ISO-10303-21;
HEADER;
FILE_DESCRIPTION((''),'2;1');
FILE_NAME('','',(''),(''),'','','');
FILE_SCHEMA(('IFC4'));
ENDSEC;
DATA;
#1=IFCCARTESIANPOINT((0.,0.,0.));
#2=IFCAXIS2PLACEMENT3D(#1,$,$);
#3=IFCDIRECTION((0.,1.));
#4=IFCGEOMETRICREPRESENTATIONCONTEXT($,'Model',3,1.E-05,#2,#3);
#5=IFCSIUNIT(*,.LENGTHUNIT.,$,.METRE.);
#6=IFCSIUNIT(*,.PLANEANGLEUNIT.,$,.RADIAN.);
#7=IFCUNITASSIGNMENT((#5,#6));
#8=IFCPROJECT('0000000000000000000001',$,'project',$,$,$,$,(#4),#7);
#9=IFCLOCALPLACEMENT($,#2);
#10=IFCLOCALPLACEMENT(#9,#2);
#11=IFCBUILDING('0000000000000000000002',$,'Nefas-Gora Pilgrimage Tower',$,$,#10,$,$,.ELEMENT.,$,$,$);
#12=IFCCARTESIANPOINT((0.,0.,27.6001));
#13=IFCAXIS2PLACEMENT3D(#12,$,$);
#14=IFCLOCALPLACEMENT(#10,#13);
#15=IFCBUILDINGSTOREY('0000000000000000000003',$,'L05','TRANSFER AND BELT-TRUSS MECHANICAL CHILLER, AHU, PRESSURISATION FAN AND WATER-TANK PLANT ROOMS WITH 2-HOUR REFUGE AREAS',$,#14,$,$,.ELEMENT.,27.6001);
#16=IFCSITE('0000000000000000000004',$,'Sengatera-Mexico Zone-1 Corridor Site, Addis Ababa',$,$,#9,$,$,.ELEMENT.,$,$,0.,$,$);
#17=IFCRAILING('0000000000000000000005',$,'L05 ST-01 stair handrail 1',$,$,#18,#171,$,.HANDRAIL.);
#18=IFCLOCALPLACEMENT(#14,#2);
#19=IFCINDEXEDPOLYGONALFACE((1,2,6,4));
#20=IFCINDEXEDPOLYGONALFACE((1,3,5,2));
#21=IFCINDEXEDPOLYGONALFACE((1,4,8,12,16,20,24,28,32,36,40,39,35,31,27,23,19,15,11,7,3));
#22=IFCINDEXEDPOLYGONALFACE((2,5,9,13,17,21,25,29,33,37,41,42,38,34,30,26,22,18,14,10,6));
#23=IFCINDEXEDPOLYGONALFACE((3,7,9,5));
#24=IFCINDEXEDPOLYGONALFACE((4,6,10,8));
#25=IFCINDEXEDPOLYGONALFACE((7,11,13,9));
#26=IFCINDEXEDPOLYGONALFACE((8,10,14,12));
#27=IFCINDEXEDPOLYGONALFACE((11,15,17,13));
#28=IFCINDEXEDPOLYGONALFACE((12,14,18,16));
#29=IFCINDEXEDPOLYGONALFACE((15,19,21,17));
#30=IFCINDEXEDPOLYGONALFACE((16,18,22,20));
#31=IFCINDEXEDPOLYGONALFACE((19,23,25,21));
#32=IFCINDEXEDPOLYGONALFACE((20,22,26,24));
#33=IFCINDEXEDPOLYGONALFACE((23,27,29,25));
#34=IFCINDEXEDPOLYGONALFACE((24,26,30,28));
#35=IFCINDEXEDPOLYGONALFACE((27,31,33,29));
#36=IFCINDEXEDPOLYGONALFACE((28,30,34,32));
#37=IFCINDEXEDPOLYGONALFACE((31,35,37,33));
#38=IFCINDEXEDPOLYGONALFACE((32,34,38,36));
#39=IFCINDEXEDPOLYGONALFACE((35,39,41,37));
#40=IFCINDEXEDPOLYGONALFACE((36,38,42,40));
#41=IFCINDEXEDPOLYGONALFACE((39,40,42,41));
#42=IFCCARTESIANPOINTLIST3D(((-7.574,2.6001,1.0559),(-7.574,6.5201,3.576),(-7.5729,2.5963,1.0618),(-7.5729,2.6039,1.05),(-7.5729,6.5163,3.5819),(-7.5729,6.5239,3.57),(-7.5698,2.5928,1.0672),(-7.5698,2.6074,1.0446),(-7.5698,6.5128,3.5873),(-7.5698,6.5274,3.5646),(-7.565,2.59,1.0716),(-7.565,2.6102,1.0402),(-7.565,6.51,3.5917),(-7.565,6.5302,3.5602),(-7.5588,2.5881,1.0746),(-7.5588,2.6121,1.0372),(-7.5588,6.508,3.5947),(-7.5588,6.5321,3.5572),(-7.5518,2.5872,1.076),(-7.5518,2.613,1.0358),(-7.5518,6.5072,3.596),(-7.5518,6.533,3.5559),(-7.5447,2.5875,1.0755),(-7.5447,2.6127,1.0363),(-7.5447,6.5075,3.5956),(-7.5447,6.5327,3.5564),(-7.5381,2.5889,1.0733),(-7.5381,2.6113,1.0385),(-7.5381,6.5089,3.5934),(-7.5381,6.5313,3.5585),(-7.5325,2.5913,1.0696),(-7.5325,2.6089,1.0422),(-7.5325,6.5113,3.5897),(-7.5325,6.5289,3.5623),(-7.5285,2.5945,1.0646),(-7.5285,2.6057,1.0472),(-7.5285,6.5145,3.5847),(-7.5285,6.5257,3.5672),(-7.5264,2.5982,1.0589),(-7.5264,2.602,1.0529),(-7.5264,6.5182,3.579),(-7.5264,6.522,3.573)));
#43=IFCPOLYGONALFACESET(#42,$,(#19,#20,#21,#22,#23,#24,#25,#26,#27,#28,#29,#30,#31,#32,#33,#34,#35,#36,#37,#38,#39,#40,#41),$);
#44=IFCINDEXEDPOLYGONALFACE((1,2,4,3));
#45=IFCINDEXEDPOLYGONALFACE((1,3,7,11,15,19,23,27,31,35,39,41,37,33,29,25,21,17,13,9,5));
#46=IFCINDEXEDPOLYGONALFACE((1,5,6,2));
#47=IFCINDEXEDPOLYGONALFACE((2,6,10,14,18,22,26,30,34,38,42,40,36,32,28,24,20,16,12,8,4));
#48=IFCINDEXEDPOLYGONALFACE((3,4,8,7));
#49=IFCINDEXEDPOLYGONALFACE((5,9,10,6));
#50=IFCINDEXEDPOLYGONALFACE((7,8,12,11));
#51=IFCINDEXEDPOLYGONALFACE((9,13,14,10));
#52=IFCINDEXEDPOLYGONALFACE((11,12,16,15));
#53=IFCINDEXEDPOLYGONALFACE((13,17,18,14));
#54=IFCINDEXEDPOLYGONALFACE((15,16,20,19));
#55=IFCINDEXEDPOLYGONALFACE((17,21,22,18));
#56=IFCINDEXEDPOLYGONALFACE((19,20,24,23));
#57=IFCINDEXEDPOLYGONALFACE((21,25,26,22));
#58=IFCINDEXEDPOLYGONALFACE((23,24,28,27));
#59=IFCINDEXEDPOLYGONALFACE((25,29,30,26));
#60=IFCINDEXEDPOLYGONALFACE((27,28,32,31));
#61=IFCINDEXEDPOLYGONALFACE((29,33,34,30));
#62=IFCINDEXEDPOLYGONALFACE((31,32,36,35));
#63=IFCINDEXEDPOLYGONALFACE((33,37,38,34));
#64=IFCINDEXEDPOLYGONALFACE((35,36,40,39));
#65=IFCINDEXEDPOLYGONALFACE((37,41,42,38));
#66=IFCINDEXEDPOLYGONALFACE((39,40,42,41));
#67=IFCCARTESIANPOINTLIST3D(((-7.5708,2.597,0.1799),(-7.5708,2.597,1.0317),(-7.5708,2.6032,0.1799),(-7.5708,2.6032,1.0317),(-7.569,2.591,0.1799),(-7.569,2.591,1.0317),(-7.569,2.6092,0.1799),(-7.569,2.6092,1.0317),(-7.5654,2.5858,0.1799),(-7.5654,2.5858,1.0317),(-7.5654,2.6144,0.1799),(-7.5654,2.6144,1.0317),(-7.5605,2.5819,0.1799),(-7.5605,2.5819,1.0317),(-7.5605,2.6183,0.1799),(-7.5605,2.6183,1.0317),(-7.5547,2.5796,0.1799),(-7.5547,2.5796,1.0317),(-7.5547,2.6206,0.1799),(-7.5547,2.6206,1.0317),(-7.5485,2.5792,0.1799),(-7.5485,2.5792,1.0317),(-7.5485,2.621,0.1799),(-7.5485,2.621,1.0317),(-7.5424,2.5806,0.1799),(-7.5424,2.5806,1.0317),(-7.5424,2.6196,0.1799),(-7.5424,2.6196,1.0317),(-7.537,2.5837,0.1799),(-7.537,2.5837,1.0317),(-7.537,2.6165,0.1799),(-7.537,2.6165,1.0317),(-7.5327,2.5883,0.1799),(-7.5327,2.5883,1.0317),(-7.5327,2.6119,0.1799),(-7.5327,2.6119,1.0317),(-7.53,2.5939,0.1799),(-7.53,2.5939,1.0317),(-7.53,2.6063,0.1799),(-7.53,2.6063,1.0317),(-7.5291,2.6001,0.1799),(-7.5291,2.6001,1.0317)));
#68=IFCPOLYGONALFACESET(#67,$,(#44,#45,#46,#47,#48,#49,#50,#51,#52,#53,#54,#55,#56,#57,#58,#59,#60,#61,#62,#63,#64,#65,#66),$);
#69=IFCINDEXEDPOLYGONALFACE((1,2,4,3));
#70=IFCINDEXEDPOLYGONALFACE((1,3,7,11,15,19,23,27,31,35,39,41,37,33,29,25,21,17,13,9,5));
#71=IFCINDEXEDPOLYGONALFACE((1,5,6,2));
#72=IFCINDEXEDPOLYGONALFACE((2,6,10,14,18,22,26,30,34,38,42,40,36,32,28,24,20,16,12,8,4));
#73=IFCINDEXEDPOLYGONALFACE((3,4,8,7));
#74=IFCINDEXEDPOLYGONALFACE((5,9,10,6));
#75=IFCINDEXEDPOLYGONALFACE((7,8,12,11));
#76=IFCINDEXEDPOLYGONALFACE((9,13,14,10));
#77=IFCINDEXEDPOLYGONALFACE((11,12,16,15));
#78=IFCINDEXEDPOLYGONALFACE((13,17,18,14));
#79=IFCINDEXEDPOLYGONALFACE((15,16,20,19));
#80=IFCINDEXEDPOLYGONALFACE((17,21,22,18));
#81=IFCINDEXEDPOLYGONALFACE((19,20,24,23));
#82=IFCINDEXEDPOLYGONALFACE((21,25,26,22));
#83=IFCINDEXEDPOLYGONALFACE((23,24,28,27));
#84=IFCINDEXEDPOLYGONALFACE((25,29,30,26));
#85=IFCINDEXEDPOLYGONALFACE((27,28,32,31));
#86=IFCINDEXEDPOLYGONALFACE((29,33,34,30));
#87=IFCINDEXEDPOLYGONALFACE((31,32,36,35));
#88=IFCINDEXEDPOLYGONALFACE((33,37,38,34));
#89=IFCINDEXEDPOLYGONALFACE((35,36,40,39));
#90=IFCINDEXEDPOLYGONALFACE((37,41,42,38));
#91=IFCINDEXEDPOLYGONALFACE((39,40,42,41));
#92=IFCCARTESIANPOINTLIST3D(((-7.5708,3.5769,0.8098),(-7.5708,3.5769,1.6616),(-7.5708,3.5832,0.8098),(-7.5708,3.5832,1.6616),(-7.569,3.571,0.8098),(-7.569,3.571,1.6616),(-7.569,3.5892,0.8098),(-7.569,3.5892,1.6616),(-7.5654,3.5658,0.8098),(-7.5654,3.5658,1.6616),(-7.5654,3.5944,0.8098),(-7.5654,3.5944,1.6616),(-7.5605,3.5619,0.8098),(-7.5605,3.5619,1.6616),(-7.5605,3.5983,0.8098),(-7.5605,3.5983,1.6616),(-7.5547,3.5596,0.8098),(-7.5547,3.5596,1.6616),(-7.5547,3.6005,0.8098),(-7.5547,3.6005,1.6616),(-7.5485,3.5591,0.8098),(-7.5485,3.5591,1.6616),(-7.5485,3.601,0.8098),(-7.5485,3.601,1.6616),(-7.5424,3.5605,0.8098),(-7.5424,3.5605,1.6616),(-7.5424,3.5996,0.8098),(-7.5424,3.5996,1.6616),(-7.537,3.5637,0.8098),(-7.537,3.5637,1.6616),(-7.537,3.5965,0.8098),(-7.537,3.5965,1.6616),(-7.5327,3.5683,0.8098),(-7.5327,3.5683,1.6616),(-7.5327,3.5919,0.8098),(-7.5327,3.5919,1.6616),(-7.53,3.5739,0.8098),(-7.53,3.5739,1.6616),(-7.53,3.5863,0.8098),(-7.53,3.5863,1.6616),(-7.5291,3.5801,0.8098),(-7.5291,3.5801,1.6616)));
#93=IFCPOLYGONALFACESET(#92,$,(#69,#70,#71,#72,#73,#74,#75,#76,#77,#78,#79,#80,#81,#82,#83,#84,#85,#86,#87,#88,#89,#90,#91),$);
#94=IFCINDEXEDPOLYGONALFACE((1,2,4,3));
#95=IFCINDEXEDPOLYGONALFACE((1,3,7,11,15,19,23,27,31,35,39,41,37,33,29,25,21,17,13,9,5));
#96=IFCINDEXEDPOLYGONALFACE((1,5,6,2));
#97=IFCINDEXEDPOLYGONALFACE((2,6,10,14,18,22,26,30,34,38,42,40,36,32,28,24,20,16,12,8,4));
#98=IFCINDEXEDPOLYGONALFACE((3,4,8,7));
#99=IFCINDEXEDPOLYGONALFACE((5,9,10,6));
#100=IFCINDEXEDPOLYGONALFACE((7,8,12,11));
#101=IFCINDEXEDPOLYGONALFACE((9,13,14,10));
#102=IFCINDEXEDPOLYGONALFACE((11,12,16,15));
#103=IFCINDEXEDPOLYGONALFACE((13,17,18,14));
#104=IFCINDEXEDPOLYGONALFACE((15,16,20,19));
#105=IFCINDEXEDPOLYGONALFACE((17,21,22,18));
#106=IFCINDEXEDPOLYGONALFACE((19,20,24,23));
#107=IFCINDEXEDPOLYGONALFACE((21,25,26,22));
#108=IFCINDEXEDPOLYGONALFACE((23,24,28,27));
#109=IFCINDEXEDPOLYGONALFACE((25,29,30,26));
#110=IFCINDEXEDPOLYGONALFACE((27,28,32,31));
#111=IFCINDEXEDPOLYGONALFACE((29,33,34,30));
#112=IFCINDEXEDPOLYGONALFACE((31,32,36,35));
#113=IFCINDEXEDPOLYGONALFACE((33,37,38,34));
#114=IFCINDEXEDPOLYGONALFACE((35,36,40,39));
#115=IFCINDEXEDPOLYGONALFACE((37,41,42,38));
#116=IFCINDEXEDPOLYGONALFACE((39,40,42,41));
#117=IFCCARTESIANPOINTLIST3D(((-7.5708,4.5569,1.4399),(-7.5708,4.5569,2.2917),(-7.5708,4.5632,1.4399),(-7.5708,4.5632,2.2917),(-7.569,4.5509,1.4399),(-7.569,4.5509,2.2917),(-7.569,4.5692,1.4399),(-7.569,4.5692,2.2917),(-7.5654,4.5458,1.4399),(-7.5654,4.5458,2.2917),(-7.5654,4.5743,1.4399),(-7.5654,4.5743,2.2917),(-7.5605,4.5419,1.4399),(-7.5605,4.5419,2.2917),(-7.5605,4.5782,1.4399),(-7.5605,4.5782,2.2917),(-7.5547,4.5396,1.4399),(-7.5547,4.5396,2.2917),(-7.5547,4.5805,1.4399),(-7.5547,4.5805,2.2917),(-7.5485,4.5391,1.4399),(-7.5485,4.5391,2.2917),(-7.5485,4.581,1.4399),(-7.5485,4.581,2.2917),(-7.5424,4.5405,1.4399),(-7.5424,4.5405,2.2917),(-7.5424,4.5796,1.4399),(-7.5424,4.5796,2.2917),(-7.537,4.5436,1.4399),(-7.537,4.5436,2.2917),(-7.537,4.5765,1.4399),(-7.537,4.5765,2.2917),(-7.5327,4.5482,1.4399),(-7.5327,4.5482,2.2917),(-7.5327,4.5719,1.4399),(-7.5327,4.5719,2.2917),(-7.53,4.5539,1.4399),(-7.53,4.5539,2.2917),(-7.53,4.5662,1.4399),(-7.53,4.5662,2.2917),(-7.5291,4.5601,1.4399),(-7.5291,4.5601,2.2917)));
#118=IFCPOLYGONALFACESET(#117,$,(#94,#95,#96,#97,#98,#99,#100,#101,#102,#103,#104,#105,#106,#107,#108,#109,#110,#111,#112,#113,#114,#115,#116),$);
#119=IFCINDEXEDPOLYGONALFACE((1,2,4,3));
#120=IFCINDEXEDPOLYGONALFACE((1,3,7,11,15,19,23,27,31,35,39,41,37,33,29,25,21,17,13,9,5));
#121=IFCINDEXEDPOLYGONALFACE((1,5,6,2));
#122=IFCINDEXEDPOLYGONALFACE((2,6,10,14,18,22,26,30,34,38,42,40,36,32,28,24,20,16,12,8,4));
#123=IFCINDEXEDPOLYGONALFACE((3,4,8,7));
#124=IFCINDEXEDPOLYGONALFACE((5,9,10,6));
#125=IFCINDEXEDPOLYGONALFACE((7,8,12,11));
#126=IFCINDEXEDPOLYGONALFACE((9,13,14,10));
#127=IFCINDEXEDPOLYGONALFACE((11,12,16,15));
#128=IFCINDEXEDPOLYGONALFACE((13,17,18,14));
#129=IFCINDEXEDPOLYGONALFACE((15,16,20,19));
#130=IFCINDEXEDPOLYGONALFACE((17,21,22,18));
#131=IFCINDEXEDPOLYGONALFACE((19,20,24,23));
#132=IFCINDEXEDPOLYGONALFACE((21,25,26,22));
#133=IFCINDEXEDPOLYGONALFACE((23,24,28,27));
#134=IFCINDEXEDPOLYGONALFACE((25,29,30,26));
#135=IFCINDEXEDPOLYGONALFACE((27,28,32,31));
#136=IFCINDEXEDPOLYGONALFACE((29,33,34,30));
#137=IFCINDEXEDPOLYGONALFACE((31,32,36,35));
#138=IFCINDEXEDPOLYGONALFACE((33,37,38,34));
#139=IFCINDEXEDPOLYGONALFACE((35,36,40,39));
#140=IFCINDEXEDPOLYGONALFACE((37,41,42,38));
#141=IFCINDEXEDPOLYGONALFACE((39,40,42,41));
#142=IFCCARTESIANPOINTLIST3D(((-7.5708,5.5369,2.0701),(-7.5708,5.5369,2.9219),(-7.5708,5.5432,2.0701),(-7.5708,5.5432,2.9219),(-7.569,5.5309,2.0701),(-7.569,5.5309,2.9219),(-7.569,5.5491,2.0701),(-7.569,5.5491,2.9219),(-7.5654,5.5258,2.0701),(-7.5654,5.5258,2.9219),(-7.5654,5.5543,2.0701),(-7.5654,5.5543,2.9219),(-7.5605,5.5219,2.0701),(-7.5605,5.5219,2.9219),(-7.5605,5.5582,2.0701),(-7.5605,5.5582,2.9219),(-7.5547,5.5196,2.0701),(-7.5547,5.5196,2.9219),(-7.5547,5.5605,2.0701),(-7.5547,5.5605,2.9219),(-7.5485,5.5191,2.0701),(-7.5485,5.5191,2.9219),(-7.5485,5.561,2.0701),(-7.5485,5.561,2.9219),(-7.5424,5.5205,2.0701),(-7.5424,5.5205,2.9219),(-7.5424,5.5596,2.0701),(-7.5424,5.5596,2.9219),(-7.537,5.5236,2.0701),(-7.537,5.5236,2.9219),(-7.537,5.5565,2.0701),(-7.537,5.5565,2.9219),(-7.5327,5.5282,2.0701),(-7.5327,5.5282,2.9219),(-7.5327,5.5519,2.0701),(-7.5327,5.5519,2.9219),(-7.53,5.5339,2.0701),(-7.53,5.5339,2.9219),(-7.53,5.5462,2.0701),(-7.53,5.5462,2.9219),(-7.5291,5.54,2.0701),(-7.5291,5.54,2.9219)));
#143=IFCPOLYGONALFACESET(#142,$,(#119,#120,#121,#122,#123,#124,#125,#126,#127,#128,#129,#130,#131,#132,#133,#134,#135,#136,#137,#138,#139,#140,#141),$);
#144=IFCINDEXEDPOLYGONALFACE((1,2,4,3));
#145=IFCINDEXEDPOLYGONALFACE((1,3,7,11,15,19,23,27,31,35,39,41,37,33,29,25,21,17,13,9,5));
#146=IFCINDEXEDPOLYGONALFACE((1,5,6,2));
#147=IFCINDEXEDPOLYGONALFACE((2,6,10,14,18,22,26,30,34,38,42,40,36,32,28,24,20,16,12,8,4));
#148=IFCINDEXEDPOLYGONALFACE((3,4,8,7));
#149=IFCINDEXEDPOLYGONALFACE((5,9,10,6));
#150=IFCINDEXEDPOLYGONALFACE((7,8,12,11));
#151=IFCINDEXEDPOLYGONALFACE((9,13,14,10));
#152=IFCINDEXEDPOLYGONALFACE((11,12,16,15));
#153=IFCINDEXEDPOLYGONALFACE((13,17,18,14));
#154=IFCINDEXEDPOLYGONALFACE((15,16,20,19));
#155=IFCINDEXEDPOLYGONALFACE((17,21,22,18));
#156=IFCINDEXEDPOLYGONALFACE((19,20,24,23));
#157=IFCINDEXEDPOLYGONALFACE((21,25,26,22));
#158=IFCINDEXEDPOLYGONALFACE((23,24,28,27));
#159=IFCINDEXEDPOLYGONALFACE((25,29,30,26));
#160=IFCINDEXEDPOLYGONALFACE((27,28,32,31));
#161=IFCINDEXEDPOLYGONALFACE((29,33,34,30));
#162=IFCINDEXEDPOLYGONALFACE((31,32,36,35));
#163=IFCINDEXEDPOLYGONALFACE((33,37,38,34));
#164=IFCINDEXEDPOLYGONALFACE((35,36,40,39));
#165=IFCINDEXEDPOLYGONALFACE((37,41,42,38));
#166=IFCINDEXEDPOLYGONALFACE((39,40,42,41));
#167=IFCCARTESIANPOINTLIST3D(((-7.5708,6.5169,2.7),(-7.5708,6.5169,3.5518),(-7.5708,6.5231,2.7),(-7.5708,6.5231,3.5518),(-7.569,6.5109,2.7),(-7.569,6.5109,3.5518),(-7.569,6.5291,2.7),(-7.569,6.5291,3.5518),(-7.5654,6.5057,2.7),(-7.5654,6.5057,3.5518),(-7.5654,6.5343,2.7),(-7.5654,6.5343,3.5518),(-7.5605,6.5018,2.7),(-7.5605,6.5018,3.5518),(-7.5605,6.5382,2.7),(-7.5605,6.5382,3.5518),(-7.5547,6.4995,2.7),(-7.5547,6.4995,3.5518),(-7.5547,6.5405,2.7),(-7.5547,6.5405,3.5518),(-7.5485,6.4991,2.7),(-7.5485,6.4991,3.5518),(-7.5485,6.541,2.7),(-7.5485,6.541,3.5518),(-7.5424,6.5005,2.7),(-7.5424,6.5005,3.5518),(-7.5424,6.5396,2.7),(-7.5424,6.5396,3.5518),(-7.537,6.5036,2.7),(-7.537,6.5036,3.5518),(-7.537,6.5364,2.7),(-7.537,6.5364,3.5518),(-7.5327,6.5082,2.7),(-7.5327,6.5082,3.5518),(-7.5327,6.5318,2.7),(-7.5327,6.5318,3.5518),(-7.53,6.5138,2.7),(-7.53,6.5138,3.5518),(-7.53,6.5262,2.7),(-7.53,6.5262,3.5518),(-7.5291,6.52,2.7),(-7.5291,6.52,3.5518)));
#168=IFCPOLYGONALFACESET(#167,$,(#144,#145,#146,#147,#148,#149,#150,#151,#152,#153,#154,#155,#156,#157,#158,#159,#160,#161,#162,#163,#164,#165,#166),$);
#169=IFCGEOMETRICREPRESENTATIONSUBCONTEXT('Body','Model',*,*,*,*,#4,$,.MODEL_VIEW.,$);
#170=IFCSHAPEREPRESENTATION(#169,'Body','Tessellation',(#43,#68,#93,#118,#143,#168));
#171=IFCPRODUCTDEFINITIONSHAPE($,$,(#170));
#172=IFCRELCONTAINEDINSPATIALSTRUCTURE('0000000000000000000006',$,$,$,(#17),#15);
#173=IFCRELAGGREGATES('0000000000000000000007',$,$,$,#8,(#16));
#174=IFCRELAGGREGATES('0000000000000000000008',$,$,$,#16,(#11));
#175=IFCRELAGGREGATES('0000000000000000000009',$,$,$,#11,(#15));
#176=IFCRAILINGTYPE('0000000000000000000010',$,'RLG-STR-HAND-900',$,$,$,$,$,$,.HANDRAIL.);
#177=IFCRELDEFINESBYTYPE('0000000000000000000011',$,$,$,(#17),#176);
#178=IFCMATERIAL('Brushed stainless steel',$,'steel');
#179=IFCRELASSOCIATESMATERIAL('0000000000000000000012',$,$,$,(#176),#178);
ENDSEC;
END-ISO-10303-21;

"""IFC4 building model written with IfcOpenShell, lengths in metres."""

from ifc_helpers import new_model, si_unit, direction, frame, origin, origin_2d, place, context, subcontext, project, spatial, circle, extrude, material, type_object, element, save


model = new_model("IFC4")

# Units and contexts
model_context = context("Model", 3, precision=1e-05, world=origin(), true_north=direction((0.0, 1.0)))
body_context = subcontext(model_context, "Body", "Model", "MODEL_VIEW")
ifc_project = project(units=[si_unit("LENGTHUNIT", "METRE"), si_unit("PLANEANGLEUNIT", "RADIAN")], contexts=[model_context])

# Site, building, storey
site_placement = place(None, origin())
site = spatial("IfcSite", under=ifc_project, at=site_placement, Name="Sengatera-Mexico Zone-1 Corridor Site, Addis Ababa", CompositionType="ELEMENT", RefElevation=0.0)
building_placement = place(site_placement, origin())
building = spatial("IfcBuilding", under=site, at=building_placement, Name="Nefas-Gora Pilgrimage Tower", CompositionType="ELEMENT")
storey_placement = place(building_placement, frame((0.0, 0.0, 27.6001)))
storey = spatial("IfcBuildingStorey", under=building, at=storey_placement, Name="L05", Description="TRANSFER AND BELT-TRUSS MECHANICAL CHILLER, AHU, PRESSURISATION FAN AND WATER-TANK PLANT ROOMS WITH 2-HOUR REFUGE AREAS", CompositionType="ELEMENT", Elevation=27.6001)

# Railing
ifc_material_1 = material(Name="Brushed stainless steel", Category="steel")
railing_type_1 = type_object("IfcRailingType", Name="RLG-STR-HAND-900", PredefinedType="HANDRAIL", material=ifc_material_1)
railing_1_placement = place(storey_placement, frame((-7.55, 2.6001, 0.1799)))
element("IfcRailing", 1, at=railing_1_placement, inside=storey, type_object=railing_type_1, Name="L05 ST-01 stair handrail 1", PredefinedType="HANDRAIL", context=body_context, shape_type="SweptSolid", body=[
    extrude(circle(Radius=0.0239, at=origin_2d()), frame((0.0, 0.0, 0.876), z_axis=(0.0, 0.841172, 0.540768), x_axis=(-1.0, 0.0, 0.0)), (0.0, 0.0, 1.0), 4.6602),
    extrude(circle(Radius=0.021, at=origin_2d()), origin(), (0.0, 0.0, 1.0), 0.8518),
    extrude(circle(Radius=0.021, at=origin_2d()), frame((0.0, 0.98, 0.6299)), (0.0, 0.0, 1.0), 0.8518),
    extrude(circle(Radius=0.021, at=origin_2d()), frame((0.0, 1.96, 1.26)), (0.0, 0.0, 1.0), 0.8518),
    extrude(circle(Radius=0.021, at=origin_2d()), frame((0.0, 2.9399, 1.8901)), (0.0, 0.0, 1.0), 0.8518),
    extrude(circle(Radius=0.021, at=origin_2d()), frame((0.0, 3.9199, 2.52)), (0.0, 0.0, 1.0), 0.8518),
])

save(model, "model.ifc")
